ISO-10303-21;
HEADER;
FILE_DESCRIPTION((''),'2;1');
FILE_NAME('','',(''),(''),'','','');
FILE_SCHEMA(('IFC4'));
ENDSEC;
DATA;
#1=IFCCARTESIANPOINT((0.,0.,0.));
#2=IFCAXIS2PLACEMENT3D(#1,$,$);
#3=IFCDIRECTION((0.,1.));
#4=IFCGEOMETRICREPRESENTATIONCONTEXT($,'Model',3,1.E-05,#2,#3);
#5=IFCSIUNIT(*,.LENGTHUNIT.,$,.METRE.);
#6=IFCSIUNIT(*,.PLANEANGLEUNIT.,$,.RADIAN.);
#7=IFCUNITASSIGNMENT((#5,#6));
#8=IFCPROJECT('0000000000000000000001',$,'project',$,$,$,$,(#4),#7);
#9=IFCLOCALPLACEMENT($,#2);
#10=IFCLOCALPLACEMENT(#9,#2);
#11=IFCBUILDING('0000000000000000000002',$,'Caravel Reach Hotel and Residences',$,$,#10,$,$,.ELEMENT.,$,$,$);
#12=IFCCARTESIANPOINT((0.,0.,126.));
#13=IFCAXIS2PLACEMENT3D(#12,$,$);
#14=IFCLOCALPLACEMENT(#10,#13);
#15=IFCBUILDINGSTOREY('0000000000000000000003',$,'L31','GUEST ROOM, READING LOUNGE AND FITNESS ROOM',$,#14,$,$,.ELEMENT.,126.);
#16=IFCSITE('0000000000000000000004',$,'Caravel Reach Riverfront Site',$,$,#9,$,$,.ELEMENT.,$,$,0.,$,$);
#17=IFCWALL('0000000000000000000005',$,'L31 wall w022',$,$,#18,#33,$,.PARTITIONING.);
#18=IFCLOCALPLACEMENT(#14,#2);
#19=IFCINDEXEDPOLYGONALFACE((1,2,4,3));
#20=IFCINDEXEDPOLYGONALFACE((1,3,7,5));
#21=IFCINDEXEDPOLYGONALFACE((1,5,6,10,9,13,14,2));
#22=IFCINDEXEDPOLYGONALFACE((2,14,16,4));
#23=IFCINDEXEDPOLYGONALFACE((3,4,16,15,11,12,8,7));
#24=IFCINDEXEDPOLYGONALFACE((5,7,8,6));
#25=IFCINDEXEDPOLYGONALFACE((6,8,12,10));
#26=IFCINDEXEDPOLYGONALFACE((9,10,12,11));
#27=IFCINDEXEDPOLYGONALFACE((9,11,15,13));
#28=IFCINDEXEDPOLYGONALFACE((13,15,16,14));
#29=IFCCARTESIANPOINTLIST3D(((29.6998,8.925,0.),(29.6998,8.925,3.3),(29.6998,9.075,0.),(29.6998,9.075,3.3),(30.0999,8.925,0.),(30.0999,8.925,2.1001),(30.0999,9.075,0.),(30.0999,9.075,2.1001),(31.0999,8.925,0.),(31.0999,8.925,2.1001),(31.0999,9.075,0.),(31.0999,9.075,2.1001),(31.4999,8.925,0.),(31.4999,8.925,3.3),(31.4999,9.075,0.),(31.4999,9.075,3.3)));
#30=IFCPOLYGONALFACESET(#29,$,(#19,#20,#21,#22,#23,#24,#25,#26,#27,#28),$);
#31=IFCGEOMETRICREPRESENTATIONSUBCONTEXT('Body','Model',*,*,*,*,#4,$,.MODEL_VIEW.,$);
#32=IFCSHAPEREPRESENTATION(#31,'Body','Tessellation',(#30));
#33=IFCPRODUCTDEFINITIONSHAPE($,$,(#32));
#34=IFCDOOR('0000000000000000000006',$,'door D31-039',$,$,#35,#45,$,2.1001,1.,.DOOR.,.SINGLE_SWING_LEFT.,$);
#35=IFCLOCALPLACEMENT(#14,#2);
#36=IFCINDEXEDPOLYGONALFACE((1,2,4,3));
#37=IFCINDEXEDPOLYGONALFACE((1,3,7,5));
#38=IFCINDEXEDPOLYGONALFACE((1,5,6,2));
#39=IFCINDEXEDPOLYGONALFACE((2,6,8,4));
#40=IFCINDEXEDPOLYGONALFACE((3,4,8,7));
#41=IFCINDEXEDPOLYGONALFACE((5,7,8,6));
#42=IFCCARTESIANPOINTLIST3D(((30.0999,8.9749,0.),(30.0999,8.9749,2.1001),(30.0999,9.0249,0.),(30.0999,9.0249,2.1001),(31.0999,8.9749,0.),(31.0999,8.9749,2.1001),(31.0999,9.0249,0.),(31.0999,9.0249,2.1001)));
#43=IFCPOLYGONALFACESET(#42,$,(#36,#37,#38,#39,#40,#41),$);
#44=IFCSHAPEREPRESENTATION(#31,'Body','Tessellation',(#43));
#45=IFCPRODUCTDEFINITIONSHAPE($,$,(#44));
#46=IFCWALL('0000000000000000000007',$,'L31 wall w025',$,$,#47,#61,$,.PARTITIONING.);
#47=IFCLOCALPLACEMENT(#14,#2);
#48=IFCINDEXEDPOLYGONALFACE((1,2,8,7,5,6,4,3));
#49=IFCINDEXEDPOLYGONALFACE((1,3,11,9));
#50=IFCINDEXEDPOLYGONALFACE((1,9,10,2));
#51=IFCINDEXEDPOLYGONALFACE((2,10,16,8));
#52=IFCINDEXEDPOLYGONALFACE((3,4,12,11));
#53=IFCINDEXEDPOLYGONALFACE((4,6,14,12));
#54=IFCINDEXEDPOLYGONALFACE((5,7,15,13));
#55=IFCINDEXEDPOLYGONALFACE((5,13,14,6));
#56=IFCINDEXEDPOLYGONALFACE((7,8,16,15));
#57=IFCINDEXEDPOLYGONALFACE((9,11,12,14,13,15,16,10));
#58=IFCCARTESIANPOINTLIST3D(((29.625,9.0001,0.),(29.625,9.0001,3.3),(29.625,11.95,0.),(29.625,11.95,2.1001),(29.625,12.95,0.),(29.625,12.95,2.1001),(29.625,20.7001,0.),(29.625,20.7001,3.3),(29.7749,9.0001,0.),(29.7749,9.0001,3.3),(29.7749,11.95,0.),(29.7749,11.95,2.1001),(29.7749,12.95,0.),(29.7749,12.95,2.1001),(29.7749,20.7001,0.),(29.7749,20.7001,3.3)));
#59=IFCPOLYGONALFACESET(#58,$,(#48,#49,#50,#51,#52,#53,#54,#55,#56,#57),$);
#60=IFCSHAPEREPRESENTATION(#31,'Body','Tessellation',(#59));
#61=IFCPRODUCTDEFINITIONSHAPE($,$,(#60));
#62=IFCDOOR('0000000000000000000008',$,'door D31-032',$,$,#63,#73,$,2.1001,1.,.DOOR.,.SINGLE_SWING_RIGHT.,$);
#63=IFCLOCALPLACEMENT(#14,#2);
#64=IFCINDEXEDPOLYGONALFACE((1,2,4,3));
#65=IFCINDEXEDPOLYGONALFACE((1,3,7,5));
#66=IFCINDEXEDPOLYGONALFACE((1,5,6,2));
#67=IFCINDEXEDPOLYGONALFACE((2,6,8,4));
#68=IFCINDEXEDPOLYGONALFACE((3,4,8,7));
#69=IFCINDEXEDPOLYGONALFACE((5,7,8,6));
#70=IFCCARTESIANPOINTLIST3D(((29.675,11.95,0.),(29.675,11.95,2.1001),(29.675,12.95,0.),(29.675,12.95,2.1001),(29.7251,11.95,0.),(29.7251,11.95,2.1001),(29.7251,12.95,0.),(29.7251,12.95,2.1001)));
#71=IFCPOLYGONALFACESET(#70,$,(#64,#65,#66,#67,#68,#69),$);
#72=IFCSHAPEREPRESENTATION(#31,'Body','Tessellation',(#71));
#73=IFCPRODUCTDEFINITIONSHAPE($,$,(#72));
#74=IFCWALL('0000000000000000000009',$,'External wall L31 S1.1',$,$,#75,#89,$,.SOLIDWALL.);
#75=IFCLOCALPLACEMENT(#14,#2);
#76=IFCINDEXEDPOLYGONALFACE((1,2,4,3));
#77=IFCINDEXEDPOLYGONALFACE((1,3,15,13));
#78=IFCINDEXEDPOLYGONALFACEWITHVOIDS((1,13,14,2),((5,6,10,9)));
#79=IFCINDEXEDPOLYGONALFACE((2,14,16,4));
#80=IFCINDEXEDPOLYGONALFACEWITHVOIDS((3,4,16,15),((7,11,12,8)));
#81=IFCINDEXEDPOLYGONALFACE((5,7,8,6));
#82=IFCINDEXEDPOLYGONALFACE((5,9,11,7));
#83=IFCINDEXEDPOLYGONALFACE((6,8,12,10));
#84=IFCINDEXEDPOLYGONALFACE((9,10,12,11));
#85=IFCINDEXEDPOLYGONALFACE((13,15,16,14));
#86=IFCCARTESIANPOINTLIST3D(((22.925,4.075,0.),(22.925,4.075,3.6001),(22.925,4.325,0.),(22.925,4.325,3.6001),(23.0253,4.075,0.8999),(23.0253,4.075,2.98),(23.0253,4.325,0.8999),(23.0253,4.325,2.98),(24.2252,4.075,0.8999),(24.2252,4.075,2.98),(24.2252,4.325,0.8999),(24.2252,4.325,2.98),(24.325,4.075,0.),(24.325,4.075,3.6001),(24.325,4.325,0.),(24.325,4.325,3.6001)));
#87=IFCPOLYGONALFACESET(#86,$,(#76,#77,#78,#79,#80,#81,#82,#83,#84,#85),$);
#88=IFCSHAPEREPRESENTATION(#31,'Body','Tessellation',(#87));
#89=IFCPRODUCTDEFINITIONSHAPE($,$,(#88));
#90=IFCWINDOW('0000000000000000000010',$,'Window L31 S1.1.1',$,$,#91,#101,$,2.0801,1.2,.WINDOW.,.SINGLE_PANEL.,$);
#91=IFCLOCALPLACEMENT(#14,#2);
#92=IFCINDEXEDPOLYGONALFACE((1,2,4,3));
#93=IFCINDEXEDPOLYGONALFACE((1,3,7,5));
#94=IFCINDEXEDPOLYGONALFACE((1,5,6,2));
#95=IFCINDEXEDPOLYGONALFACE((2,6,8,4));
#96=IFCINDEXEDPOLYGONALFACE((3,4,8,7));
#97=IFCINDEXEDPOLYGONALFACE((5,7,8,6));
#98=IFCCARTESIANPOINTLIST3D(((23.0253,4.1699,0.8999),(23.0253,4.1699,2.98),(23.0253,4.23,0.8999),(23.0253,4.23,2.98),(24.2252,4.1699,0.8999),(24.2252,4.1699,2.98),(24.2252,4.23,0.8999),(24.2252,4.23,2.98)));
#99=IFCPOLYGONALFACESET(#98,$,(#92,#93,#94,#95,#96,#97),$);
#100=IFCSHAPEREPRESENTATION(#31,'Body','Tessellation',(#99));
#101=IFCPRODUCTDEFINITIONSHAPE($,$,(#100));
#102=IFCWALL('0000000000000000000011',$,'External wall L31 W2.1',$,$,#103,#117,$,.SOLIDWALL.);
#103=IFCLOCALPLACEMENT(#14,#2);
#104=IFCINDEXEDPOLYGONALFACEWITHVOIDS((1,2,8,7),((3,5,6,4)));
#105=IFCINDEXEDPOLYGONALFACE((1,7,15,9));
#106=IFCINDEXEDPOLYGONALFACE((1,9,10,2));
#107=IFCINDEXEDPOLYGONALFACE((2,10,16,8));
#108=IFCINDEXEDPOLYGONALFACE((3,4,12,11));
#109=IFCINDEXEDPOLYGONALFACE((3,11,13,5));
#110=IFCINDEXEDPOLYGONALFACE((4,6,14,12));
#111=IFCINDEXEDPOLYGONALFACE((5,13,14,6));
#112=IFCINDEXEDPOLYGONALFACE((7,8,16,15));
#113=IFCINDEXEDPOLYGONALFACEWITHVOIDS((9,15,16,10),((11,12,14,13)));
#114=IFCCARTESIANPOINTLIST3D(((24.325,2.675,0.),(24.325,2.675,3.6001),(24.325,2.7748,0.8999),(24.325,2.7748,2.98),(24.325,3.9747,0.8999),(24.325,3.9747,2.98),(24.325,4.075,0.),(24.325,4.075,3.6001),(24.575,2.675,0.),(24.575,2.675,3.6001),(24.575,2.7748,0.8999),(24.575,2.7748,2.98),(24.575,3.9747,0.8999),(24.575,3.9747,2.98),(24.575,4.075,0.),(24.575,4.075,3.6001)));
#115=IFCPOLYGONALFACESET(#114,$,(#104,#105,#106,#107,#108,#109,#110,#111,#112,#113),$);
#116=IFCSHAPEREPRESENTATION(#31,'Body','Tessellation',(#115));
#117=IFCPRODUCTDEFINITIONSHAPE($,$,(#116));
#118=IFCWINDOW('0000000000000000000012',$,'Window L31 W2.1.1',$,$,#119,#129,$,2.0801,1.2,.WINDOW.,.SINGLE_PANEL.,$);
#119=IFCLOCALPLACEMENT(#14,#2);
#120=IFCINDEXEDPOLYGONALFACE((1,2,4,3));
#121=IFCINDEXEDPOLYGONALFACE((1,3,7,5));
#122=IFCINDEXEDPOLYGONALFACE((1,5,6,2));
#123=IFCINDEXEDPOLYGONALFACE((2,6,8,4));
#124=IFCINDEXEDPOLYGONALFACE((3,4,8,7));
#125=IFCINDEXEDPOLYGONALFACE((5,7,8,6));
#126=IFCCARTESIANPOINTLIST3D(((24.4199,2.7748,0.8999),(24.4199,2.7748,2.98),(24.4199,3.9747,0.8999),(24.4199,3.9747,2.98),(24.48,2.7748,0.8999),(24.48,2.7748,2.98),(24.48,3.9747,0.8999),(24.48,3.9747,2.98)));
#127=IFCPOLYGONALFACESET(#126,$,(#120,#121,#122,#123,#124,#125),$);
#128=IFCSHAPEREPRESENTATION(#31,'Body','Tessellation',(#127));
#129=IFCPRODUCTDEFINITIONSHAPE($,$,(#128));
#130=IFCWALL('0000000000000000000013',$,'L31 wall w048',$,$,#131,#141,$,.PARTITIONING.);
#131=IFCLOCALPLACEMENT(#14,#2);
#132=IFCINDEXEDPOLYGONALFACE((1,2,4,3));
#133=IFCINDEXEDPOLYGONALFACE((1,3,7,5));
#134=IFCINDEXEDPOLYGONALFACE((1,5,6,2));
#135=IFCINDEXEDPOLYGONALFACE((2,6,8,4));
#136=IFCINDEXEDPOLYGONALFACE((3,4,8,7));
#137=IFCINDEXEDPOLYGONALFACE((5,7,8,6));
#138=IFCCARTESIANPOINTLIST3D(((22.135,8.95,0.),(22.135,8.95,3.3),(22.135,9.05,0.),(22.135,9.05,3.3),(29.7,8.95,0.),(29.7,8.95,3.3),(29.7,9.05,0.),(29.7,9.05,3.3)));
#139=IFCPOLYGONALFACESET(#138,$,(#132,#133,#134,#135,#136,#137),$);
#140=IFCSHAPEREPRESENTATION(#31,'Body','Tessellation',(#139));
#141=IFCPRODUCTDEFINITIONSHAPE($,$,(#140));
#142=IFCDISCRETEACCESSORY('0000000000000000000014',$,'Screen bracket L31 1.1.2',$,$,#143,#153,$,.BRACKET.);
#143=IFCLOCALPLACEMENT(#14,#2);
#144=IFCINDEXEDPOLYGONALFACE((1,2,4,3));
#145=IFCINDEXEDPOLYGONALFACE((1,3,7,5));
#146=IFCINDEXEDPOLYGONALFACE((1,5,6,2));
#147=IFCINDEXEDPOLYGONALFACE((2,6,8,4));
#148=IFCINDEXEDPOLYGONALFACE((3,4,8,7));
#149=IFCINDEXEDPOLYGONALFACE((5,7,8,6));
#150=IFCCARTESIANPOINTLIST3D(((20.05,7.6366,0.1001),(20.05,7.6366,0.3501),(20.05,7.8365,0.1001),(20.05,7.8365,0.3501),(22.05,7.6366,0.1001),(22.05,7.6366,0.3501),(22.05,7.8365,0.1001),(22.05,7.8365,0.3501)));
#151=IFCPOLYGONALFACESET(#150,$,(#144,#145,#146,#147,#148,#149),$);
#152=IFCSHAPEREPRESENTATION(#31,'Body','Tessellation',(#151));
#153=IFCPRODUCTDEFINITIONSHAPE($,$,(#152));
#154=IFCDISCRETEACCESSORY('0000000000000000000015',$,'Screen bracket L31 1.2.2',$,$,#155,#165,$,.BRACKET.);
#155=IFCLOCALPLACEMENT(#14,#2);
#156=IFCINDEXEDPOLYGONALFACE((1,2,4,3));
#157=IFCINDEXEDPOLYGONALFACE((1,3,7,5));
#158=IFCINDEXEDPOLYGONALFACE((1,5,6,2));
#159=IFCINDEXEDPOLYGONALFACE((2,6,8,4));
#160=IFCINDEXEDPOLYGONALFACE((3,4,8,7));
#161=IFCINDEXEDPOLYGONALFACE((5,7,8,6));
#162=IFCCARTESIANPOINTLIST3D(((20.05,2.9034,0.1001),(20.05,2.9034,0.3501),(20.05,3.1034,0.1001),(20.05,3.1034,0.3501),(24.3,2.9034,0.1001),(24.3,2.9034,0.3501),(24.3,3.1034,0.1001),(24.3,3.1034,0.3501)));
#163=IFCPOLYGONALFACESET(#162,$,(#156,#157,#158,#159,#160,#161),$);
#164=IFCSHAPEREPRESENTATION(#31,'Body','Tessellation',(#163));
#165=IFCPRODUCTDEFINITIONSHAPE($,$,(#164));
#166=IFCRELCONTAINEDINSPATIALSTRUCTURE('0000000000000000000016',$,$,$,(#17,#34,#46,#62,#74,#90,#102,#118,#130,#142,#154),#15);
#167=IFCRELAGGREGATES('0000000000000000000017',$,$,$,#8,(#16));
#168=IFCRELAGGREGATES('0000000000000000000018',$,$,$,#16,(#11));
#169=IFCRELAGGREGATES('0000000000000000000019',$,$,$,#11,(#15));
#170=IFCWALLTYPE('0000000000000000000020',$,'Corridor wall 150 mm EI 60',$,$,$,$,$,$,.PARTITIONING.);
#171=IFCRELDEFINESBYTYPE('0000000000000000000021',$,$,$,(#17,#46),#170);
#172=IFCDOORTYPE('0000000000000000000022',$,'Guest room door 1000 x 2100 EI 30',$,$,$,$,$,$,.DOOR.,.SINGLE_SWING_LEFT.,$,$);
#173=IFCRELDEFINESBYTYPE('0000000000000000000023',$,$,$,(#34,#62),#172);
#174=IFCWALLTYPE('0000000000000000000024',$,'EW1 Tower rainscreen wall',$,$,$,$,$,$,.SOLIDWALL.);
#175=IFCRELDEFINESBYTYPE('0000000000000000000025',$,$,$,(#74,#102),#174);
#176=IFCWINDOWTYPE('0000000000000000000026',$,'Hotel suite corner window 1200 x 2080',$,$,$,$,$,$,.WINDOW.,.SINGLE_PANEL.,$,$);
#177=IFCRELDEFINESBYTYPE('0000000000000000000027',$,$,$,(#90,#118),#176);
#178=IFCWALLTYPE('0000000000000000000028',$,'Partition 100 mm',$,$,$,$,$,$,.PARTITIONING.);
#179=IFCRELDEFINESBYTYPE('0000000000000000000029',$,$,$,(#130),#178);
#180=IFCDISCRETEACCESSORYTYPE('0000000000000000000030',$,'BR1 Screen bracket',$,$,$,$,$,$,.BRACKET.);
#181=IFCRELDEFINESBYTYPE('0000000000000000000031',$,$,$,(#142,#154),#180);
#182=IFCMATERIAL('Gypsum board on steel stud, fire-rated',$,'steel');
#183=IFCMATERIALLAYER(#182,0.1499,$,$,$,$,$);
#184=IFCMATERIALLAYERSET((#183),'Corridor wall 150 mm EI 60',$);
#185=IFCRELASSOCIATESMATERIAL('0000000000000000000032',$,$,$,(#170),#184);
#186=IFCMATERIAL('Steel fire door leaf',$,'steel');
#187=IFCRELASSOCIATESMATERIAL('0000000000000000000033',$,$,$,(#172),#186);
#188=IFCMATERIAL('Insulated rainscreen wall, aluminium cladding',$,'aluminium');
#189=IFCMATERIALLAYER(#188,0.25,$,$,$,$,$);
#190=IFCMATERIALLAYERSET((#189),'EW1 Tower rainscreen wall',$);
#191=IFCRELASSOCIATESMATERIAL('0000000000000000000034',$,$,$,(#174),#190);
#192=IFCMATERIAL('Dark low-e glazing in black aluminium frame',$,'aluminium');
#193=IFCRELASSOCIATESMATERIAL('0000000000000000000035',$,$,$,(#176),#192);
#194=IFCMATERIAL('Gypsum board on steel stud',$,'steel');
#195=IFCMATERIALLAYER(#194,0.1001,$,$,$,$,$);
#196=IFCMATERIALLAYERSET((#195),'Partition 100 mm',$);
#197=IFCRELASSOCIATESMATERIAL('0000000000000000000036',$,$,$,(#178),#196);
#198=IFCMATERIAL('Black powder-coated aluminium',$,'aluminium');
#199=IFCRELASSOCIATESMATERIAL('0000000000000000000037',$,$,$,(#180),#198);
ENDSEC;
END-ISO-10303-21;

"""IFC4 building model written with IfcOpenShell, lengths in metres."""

from ifc_helpers import new_model, si_unit, direction, frame, frame_2d, origin, origin_2d, place, context, subcontext, project, spatial, rectangle, extrude, material, layer, layer_set, type_object, element, fill, save


model = new_model("IFC4")

# Units and contexts
model_context = context("Model", 3, precision=1e-05, world=origin(), true_north=direction((0.0, 1.0)))
body_context = subcontext(model_context, "Body", "Model", "MODEL_VIEW")
ifc_project = project(units=[si_unit("LENGTHUNIT", "METRE"), si_unit("PLANEANGLEUNIT", "RADIAN")], contexts=[model_context])

# Site, building, storey
site_placement = place(None, origin())
site = spatial("IfcSite", under=ifc_project, at=site_placement, Name="Caravel Reach Riverfront Site", CompositionType="ELEMENT", RefElevation=0.0)
building_placement = place(site_placement, origin())
building = spatial("IfcBuilding", under=site, at=building_placement, Name="Caravel Reach Hotel and Residences", CompositionType="ELEMENT")
storey_placement = place(building_placement, frame((0.0, 0.0, 126.0)))
storey = spatial("IfcBuildingStorey", under=building, at=storey_placement, Name="L31", Description="GUEST ROOM, READING LOUNGE AND FITNESS ROOM", CompositionType="ELEMENT", Elevation=126.0)

# Walls, openings, doors
ifc_material_1 = material(Name="Gypsum board on steel stud, fire-rated", Category="steel")
ifc_layer_1 = layer(ifc_material_1, 0.1499)
ifc_layer_set_1 = layer_set([ifc_layer_1], Name="Corridor wall 150 mm EI 60")
wall_type_1 = type_object("IfcWallType", Name="Corridor wall 150 mm EI 60", PredefinedType="PARTITIONING", material=ifc_layer_set_1)
wall_1_placement = place(storey_placement, frame((29.7, 9.0, 0.0), z_axis=(0.0, 0.0, 1.0), x_axis=(1.0, 0.0, 0.0)))
wall_1 = element("IfcWall", 1, at=wall_1_placement, inside=storey, type_object=wall_type_1, Name="L31 wall w022", PredefinedType="PARTITIONING", context=body_context, shape_type="SweptSolid", body=[
    extrude(rectangle(XDim=1.8, YDim=0.1499, at=frame_2d((0.8999, 0.0))), origin(), (0.0, 0.0, 1.0), 3.3),
])
opening_1_placement = place(wall_1_placement, frame((0.3999, 0.0, 0.0)))
opening_1 = element("IfcOpeningElement", 2, at=opening_1_placement, cuts=wall_1, PredefinedType="OPENING", context=body_context, shape_type="SweptSolid", body=[
    extrude(rectangle(XDim=1.0, YDim=2.1001, at=frame_2d((0.5, 1.05))), frame((0.0, 0.085, 0.0), z_axis=(0.0, -1.0, 0.0), x_axis=(1.0, 0.0, 0.0)), (0.0, 0.0, 1.0), 0.1699),
])
ifc_material_2 = material(Name="Steel fire door leaf", Category="steel")
door_type_1 = type_object("IfcDoorType", Name="Guest room door 1000 x 2100 EI 30", OperationType="SINGLE_SWING_LEFT", PredefinedType="DOOR", material=ifc_material_2)
door_1_placement = place(opening_1_placement, origin())
door_1 = element("IfcDoor", 3, at=door_1_placement, inside=storey, type_object=door_type_1, Name="door D31-039", OperationType="SINGLE_SWING_LEFT", OverallHeight=2.1001, OverallWidth=1.0, PredefinedType="DOOR", context=body_context, shape_type="SweptSolid", body=[
    extrude(rectangle(XDim=1.0, YDim=2.1001, at=frame_2d((0.5, 1.05))), frame((0.0, 0.0249, 0.0), z_axis=(0.0, -1.0, 0.0), x_axis=(1.0, 0.0, 0.0)), (0.0, 0.0, 1.0), 0.05),
])
fill(opening_1, door_1)
wall_2_placement = place(storey_placement, frame((29.7, 9.0, 0.0), z_axis=(0.0, 0.0, 1.0), x_axis=(0.0, 1.0, 0.0)))
wall_2 = element("IfcWall", 4, at=wall_2_placement, inside=storey, type_object=wall_type_1, Name="L31 wall w025", PredefinedType="PARTITIONING", context=body_context, shape_type="SweptSolid", body=[
    extrude(rectangle(XDim=11.7, YDim=0.1499, at=frame_2d((5.8501, 0.0))), origin(), (0.0, 0.0, 1.0), 3.3),
])
opening_2_placement = place(wall_2_placement, frame((2.95, 0.0, 0.0)))
opening_2 = element("IfcOpeningElement", 5, at=opening_2_placement, cuts=wall_2, PredefinedType="OPENING", context=body_context, shape_type="SweptSolid", body=[
    extrude(rectangle(XDim=1.0, YDim=2.1001, at=frame_2d((0.5, 1.05))), frame((0.0, 0.085, 0.0), z_axis=(0.0, -1.0, 0.0), x_axis=(1.0, 0.0, 0.0)), (0.0, 0.0, 1.0), 0.1699),
])
door_2_placement = place(opening_2_placement, origin())
door_2 = element("IfcDoor", 6, at=door_2_placement, inside=storey, type_object=door_type_1, Name="door D31-032", OperationType="SINGLE_SWING_RIGHT", OverallHeight=2.1001, OverallWidth=1.0, PredefinedType="DOOR", context=body_context, shape_type="SweptSolid", body=[
    extrude(rectangle(XDim=1.0, YDim=2.1001, at=frame_2d((0.5, 1.05))), frame((0.0, 0.0249, 0.0), z_axis=(0.0, -1.0, 0.0), x_axis=(1.0, 0.0, 0.0)), (0.0, 0.0, 1.0), 0.05),
])
fill(opening_2, door_2)

# Walls, openings, windows
ifc_material_3 = material(Name="Insulated rainscreen wall, aluminium cladding", Category="aluminium")
ifc_layer_2 = layer(ifc_material_3, 0.25)
ifc_layer_set_2 = layer_set([ifc_layer_2], Name="EW1 Tower rainscreen wall")
wall_type_2 = type_object("IfcWallType", Name="EW1 Tower rainscreen wall", PredefinedType="SOLIDWALL", material=ifc_layer_set_2)
wall_3_placement = place(storey_placement, frame((22.925, 4.2, 0.0), z_axis=(0.0, 0.0, 1.0), x_axis=(1.0, 0.0, 0.0)))
wall_3 = element("IfcWall", 7, at=wall_3_placement, inside=storey, type_object=wall_type_2, Name="External wall L31 S1.1", PredefinedType="SOLIDWALL", context=body_context, shape_type="SweptSolid", body=[
    extrude(rectangle(XDim=1.3999, YDim=0.25, at=frame_2d((0.7, 0.0))), origin(), (0.0, 0.0, 1.0), 3.6001),
])
opening_3_placement = place(wall_3_placement, frame((0.1001, 0.0, 0.8999)))
opening_3 = element("IfcOpeningElement", 8, at=opening_3_placement, cuts=wall_3, PredefinedType="OPENING", context=body_context, shape_type="SweptSolid", body=[
    extrude(rectangle(XDim=1.2, YDim=2.0801, at=frame_2d((0.6001, 1.04))), frame((0.0, 0.135, 0.0), z_axis=(0.0, -1.0, 0.0), x_axis=(1.0, 0.0, 0.0)), (0.0, 0.0, 1.0), 0.27),
])
ifc_material_4 = material(Name="Dark low-e glazing in black aluminium frame", Category="aluminium")
window_type = type_object("IfcWindowType", Name="Hotel suite corner window 1200 x 2080", PartitioningType="SINGLE_PANEL", PredefinedType="WINDOW", material=ifc_material_4)
window_1_placement = place(opening_3_placement, origin())
window_1 = element("IfcWindow", 9, at=window_1_placement, inside=storey, type_object=window_type, Name="Window L31 S1.1.1", OverallHeight=2.0801, OverallWidth=1.2, PartitioningType="SINGLE_PANEL", PredefinedType="WINDOW", context=body_context, shape_type="SweptSolid", body=[
    extrude(rectangle(XDim=1.2, YDim=2.0801, at=frame_2d((0.6001, 1.04))), frame((0.0, 0.03, 0.0), z_axis=(0.0, -1.0, 0.0), x_axis=(1.0, 0.0, 0.0)), (0.0, 0.0, 1.0), 0.0601),
])
fill(opening_3, window_1)
wall_4_placement = place(storey_placement, frame((24.45, 4.075, 0.0), z_axis=(0.0, 0.0, 1.0), x_axis=(0.0, -1.0, 0.0)))
wall_4 = element("IfcWall", 10, at=wall_4_placement, inside=storey, type_object=wall_type_2, Name="External wall L31 W2.1", PredefinedType="SOLIDWALL", context=body_context, shape_type="SweptSolid", body=[
    extrude(rectangle(XDim=1.3999, YDim=0.25, at=frame_2d((0.7, 0.0))), origin(), (0.0, 0.0, 1.0), 3.6001),
])
opening_4_placement = place(wall_4_placement, frame((0.1001, 0.0, 0.8999)))
opening_4 = element("IfcOpeningElement", 11, at=opening_4_placement, cuts=wall_4, PredefinedType="OPENING", context=body_context, shape_type="SweptSolid", body=[
    extrude(rectangle(XDim=1.2, YDim=2.0801, at=frame_2d((0.6001, 1.04))), frame((0.0, 0.135, 0.0), z_axis=(0.0, -1.0, 0.0), x_axis=(1.0, 0.0, 0.0)), (0.0, 0.0, 1.0), 0.27),
])
window_2_placement = place(opening_4_placement, origin())
window_2 = element("IfcWindow", 12, at=window_2_placement, inside=storey, type_object=window_type, Name="Window L31 W2.1.1", OverallHeight=2.0801, OverallWidth=1.2, PartitioningType="SINGLE_PANEL", PredefinedType="WINDOW", context=body_context, shape_type="SweptSolid", body=[
    extrude(rectangle(XDim=1.2, YDim=2.0801, at=frame_2d((0.6001, 1.04))), frame((0.0, 0.03, 0.0), z_axis=(0.0, -1.0, 0.0), x_axis=(1.0, 0.0, 0.0)), (0.0, 0.0, 1.0), 0.0601),
])
fill(opening_4, window_2)

# Wall
ifc_material_5 = material(Name="Gypsum board on steel stud", Category="steel")
ifc_layer_3 = layer(ifc_material_5, 0.1001)
ifc_layer_set_3 = layer_set([ifc_layer_3], Name="Partition 100 mm")
wall_type_3 = type_object("IfcWallType", Name="Partition 100 mm", PredefinedType="PARTITIONING", material=ifc_layer_set_3)
wall_5_placement = place(storey_placement, frame((22.135, 9.0, 0.0), z_axis=(0.0, 0.0, 1.0), x_axis=(1.0, 0.0, 0.0)))
element("IfcWall", 13, at=wall_5_placement, inside=storey, type_object=wall_type_3, Name="L31 wall w048", PredefinedType="PARTITIONING", context=body_context, shape_type="SweptSolid", body=[
    extrude(rectangle(XDim=7.5649, YDim=0.1001, at=frame_2d((3.7825, 0.0))), origin(), (0.0, 0.0, 1.0), 3.3),
])

# Discrete accessories
ifc_material_6 = material(Name="Black powder-coated aluminium", Category="aluminium")
discrete_accessory_type = type_object("IfcDiscreteAccessoryType", Name="BR1 Screen bracket", PredefinedType="BRACKET", material=ifc_material_6)
discrete_accessory_1_placement = place(storey_placement, frame((21.05, 7.7366, 0.1001), z_axis=(0.0, 0.0, 1.0), x_axis=(-1.0, 0.0, 0.0)))
element("IfcDiscreteAccessory", 14, at=discrete_accessory_1_placement, inside=storey, type_object=discrete_accessory_type, Name="Screen bracket L31 1.1.2", PredefinedType="BRACKET", context=body_context, shape_type="SweptSolid", body=[
    extrude(rectangle(XDim=2.0, YDim=0.2, at=origin_2d()), origin(), (0.0, 0.0, 1.0), 0.25),
])
discrete_accessory_2_placement = place(storey_placement, frame((22.175, 3.0034, 0.1001), z_axis=(0.0, 0.0, 1.0), x_axis=(-1.0, 0.0, 0.0)))
element("IfcDiscreteAccessory", 15, at=discrete_accessory_2_placement, inside=storey, type_object=discrete_accessory_type, Name="Screen bracket L31 1.2.2", PredefinedType="BRACKET", context=body_context, shape_type="SweptSolid", body=[
    extrude(rectangle(XDim=4.25, YDim=0.2, at=origin_2d()), origin(), (0.0, 0.0, 1.0), 0.25),
])

save(model, "model.ifc")
